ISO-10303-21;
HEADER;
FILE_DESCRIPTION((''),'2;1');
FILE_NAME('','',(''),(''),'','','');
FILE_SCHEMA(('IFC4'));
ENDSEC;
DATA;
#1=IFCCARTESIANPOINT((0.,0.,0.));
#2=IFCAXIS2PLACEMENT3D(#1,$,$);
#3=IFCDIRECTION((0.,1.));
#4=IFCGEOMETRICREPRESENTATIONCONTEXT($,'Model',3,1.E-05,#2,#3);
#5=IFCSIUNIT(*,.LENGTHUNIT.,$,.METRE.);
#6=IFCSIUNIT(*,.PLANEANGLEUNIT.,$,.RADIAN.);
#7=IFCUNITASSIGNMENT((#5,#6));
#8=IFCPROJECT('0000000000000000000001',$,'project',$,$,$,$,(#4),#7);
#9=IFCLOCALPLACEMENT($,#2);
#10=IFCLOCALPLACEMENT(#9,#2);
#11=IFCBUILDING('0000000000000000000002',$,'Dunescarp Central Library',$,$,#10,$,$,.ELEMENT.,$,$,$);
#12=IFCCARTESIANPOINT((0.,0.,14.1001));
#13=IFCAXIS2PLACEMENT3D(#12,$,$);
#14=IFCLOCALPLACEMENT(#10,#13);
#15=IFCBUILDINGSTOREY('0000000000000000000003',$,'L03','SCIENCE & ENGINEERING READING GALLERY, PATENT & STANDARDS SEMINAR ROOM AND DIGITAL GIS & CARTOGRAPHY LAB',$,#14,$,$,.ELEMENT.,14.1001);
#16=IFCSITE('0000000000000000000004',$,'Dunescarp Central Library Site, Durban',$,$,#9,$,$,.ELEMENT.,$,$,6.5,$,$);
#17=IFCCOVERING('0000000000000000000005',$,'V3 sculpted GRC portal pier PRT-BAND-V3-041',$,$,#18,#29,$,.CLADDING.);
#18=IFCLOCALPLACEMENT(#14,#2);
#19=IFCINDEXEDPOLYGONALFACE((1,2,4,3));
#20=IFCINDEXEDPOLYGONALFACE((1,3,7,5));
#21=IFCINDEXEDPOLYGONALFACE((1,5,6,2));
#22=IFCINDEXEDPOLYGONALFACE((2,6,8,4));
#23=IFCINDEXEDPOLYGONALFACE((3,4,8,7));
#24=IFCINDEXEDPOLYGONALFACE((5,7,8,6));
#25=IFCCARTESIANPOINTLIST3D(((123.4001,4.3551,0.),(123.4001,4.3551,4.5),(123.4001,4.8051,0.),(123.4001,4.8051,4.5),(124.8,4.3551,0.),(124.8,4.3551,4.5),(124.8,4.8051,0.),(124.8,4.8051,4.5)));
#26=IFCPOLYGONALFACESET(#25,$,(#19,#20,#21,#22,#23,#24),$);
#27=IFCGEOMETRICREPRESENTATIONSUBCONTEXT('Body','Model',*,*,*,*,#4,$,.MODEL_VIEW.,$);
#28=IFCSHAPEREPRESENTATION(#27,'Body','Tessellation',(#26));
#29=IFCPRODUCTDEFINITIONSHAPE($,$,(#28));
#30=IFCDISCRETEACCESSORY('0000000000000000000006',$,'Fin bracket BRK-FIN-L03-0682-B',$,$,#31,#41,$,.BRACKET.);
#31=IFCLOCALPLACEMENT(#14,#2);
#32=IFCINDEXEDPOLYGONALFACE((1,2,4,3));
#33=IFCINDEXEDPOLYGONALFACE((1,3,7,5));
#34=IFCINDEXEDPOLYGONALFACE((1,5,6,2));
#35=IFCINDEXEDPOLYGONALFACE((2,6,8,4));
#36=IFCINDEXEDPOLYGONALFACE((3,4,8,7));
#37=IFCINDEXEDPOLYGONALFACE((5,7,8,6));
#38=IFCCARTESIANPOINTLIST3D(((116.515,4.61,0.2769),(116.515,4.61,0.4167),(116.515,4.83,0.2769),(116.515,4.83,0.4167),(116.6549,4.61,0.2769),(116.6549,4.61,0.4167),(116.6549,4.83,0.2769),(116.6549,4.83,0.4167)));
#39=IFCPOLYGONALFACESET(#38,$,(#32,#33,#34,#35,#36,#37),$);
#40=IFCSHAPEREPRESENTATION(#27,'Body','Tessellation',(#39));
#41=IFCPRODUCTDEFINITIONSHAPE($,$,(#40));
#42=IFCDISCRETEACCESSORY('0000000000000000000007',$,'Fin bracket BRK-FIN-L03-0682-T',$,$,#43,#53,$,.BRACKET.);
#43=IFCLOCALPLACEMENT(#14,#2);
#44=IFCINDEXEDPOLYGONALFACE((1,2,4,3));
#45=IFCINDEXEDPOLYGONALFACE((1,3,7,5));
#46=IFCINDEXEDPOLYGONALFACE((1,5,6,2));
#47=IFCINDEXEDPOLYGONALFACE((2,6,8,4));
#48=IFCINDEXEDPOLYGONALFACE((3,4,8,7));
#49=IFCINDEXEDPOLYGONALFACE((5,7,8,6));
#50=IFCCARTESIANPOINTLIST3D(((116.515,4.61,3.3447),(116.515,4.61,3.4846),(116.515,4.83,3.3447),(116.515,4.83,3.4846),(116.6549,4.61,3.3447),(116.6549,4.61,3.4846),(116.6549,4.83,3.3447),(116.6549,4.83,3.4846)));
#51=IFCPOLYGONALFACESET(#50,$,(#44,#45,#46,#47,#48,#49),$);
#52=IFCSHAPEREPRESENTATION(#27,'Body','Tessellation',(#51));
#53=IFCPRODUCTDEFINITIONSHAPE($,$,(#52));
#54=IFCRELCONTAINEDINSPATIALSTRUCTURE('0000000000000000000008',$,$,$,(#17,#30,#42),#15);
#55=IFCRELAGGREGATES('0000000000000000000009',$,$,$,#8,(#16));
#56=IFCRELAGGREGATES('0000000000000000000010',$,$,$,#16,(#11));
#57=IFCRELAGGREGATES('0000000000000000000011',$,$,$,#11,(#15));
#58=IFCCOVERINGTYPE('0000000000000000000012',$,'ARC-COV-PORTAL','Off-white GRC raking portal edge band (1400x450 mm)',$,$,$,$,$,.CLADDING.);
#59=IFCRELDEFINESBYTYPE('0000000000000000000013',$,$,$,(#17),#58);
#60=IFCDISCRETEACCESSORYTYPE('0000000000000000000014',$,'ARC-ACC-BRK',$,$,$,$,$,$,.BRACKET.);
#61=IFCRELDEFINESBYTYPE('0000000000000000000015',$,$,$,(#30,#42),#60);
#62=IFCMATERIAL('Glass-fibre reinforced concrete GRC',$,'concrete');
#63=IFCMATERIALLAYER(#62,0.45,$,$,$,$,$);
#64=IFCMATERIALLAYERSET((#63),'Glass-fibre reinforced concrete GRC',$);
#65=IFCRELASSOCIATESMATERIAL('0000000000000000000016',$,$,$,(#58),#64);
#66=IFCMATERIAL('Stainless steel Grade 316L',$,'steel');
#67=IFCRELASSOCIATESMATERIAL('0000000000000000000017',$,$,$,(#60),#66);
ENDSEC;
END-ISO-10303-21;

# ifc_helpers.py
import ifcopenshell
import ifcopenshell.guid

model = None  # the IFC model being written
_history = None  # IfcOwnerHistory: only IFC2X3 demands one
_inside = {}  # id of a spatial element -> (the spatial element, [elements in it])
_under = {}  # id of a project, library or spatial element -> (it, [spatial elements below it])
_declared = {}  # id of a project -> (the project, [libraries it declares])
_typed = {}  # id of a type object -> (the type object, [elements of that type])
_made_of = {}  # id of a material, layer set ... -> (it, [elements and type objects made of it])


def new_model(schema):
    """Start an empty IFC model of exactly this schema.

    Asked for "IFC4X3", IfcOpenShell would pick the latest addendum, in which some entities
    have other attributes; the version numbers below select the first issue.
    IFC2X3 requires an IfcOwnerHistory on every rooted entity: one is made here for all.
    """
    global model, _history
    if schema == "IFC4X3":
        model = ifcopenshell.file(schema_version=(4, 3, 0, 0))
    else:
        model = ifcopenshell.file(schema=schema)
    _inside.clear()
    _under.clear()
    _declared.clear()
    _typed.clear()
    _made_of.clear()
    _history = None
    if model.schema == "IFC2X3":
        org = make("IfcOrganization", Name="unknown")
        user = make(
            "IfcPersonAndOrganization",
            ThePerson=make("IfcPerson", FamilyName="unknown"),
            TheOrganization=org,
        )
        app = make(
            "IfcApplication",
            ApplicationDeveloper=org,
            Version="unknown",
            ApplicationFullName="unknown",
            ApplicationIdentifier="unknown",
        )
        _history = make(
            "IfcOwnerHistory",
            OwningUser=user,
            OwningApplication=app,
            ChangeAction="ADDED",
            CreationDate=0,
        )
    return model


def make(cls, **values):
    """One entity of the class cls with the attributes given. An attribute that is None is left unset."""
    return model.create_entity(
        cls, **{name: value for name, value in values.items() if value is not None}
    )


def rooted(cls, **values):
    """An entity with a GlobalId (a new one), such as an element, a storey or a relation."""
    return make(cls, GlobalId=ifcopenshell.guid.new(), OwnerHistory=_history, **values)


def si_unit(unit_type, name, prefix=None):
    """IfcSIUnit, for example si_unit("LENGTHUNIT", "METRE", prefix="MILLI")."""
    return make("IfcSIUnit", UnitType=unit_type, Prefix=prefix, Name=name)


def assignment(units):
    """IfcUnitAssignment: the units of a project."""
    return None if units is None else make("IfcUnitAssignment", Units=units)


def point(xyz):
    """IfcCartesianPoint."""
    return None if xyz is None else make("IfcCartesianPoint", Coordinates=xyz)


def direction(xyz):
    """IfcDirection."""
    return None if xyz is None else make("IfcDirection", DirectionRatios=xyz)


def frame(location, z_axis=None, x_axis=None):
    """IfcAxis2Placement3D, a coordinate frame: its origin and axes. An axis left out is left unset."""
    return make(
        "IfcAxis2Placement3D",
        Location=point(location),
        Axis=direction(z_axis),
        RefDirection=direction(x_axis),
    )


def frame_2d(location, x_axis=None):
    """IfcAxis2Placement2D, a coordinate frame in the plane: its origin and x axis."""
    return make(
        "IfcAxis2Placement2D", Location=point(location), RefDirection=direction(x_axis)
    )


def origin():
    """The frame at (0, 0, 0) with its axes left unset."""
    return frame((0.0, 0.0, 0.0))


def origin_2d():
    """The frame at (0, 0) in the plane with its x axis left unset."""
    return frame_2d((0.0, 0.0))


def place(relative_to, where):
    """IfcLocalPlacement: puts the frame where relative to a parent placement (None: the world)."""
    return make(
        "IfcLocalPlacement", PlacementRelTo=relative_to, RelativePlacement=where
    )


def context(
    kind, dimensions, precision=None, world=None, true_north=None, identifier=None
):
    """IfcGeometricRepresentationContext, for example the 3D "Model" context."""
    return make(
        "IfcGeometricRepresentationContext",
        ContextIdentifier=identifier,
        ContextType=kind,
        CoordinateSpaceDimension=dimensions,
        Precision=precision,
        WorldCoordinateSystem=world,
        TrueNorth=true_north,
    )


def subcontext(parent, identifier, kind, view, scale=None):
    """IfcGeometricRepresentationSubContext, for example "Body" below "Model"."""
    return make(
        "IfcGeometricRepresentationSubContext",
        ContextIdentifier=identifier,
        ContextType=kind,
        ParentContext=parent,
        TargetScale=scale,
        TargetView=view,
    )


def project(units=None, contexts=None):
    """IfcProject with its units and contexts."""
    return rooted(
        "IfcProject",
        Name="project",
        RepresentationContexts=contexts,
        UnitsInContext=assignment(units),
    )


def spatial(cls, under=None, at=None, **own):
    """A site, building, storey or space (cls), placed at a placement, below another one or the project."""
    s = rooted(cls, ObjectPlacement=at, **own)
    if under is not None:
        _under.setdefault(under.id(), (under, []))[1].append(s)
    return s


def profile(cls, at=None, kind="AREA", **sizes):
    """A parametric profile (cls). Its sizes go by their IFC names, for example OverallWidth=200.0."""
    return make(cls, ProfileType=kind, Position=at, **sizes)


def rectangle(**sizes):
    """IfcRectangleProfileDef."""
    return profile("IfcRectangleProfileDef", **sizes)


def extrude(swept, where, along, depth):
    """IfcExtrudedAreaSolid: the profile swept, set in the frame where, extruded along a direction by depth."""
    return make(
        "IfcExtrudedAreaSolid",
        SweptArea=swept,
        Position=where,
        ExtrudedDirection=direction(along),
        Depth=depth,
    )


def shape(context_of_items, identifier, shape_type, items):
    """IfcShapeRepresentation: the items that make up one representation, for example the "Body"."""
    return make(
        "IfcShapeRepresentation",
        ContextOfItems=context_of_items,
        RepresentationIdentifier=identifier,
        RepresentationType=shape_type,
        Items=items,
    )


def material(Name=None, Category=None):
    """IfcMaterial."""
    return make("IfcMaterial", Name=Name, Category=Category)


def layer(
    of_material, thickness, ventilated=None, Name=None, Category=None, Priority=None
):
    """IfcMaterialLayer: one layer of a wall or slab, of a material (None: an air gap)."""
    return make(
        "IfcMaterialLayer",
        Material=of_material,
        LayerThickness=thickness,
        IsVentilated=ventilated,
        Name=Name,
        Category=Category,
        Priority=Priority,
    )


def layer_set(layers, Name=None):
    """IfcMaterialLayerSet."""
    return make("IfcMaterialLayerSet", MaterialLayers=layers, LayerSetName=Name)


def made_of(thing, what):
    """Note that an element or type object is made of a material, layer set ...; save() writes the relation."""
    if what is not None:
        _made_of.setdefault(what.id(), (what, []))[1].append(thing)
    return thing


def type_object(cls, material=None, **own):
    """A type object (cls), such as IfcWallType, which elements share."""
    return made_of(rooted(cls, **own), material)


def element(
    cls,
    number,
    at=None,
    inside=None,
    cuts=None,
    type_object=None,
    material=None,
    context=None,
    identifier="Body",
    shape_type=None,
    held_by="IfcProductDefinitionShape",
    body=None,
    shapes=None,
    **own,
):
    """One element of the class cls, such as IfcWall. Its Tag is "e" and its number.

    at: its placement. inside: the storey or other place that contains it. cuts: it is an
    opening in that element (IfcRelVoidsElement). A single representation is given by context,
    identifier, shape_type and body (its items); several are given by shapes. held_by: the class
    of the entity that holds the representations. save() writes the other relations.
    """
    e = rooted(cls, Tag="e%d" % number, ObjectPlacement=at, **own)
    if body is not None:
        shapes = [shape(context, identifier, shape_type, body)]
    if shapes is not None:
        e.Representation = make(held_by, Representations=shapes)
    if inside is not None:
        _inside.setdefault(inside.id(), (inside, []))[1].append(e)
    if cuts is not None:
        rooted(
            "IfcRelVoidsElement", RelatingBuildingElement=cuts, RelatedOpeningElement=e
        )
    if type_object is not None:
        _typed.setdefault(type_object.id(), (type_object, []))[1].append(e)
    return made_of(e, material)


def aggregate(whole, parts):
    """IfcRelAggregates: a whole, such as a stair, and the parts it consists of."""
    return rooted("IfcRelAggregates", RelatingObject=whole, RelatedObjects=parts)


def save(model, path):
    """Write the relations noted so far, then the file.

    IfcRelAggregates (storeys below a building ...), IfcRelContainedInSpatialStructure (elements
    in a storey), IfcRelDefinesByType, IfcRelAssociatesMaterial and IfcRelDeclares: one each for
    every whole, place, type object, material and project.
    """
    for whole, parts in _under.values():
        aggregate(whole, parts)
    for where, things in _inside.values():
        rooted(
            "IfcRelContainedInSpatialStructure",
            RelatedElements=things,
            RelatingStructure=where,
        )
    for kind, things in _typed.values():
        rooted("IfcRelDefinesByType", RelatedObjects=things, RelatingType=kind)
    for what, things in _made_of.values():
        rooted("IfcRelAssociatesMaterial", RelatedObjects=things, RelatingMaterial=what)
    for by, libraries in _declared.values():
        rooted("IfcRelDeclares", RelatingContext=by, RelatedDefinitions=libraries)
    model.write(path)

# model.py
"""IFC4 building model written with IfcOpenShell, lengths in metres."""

from ifc_helpers import new_model, si_unit, direction, frame, origin, origin_2d, place, context, subcontext, project, spatial, rectangle, extrude, material, layer, layer_set, type_object, element, save


model = new_model("IFC4")

# Units and contexts
model_context = context("Model", 3, precision=1e-05, world=origin(), true_north=direction((0.0, 1.0)))
body_context = subcontext(model_context, "Body", "Model", "MODEL_VIEW")
ifc_project = project(units=[si_unit("LENGTHUNIT", "METRE"), si_unit("PLANEANGLEUNIT", "RADIAN")], contexts=[model_context])

# Site, building, storey
site_placement = place(None, origin())
site = spatial("IfcSite", under=ifc_project, at=site_placement, Name="Dunescarp Central Library Site, Durban", CompositionType="ELEMENT", RefElevation=6.5)
building_placement = place(site_placement, origin())
building = spatial("IfcBuilding", under=site, at=building_placement, Name="Dunescarp Central Library", CompositionType="ELEMENT")
storey_placement = place(building_placement, frame((0.0, 0.0, 14.1001)))
storey = spatial("IfcBuildingStorey", under=building, at=storey_placement, Name="L03", Description="SCIENCE & ENGINEERING READING GALLERY, PATENT & STANDARDS SEMINAR ROOM AND DIGITAL GIS & CARTOGRAPHY LAB", CompositionType="ELEMENT", Elevation=14.1001)

# Covering
ifc_material_1 = material(Name="Glass-fibre reinforced concrete GRC", Category="concrete")
ifc_layer_1 = layer(ifc_material_1, 0.45)
ifc_layer_set_1 = layer_set([ifc_layer_1], Name="Glass-fibre reinforced concrete GRC")
covering_type_1 = type_object("IfcCoveringType", Name="ARC-COV-PORTAL", Description="Off-white GRC raking portal edge band (1400x450 mm)", PredefinedType="CLADDING", material=ifc_layer_set_1)
covering_1_placement = place(storey_placement, frame((124.1001, 4.5801, 0.0), z_axis=(0.0, 0.0, 1.0), x_axis=(1.0, 0.0, 0.0)))
element("IfcCovering", 1, at=covering_1_placement, inside=storey, type_object=covering_type_1, Name="V3 sculpted GRC portal pier PRT-BAND-V3-041", PredefinedType="CLADDING", context=body_context, shape_type="SweptSolid", body=[
    extrude(rectangle(XDim=1.3999, YDim=0.45, at=origin_2d()), origin(), (0.0, 0.0, 1.0), 4.5),
])

# Discrete accessories
ifc_material_2 = material(Name="Stainless steel Grade 316L", Category="steel")
discrete_accessory_type = type_object("IfcDiscreteAccessoryType", Name="ARC-ACC-BRK", PredefinedType="BRACKET", material=ifc_material_2)
for number, where, z_axis, x_axis, name in (
    (2, (116.585, 4.72, 0.2769), (0.0, 0.0, 1.0), (0.0, -1.0, 0.0), "Fin bracket BRK-FIN-L03-0682-B"),
    (3, (116.585, 4.72, 3.3447), (0.0, 0.0, 1.0), (0.0, -1.0, 0.0), "Fin bracket BRK-FIN-L03-0682-T"),
):
    element("IfcDiscreteAccessory", number, at=place(storey_placement, frame(where, z_axis=z_axis, x_axis=x_axis)), inside=storey, type_object=discrete_accessory_type, Name=name, PredefinedType="BRACKET", context=body_context, shape_type="SweptSolid", body=[
        extrude(rectangle(XDim=0.22, YDim=0.1399, at=origin_2d()), origin(), (0.0, 0.0, 1.0), 0.1399),
    ])

save(model, "model.ifc")
